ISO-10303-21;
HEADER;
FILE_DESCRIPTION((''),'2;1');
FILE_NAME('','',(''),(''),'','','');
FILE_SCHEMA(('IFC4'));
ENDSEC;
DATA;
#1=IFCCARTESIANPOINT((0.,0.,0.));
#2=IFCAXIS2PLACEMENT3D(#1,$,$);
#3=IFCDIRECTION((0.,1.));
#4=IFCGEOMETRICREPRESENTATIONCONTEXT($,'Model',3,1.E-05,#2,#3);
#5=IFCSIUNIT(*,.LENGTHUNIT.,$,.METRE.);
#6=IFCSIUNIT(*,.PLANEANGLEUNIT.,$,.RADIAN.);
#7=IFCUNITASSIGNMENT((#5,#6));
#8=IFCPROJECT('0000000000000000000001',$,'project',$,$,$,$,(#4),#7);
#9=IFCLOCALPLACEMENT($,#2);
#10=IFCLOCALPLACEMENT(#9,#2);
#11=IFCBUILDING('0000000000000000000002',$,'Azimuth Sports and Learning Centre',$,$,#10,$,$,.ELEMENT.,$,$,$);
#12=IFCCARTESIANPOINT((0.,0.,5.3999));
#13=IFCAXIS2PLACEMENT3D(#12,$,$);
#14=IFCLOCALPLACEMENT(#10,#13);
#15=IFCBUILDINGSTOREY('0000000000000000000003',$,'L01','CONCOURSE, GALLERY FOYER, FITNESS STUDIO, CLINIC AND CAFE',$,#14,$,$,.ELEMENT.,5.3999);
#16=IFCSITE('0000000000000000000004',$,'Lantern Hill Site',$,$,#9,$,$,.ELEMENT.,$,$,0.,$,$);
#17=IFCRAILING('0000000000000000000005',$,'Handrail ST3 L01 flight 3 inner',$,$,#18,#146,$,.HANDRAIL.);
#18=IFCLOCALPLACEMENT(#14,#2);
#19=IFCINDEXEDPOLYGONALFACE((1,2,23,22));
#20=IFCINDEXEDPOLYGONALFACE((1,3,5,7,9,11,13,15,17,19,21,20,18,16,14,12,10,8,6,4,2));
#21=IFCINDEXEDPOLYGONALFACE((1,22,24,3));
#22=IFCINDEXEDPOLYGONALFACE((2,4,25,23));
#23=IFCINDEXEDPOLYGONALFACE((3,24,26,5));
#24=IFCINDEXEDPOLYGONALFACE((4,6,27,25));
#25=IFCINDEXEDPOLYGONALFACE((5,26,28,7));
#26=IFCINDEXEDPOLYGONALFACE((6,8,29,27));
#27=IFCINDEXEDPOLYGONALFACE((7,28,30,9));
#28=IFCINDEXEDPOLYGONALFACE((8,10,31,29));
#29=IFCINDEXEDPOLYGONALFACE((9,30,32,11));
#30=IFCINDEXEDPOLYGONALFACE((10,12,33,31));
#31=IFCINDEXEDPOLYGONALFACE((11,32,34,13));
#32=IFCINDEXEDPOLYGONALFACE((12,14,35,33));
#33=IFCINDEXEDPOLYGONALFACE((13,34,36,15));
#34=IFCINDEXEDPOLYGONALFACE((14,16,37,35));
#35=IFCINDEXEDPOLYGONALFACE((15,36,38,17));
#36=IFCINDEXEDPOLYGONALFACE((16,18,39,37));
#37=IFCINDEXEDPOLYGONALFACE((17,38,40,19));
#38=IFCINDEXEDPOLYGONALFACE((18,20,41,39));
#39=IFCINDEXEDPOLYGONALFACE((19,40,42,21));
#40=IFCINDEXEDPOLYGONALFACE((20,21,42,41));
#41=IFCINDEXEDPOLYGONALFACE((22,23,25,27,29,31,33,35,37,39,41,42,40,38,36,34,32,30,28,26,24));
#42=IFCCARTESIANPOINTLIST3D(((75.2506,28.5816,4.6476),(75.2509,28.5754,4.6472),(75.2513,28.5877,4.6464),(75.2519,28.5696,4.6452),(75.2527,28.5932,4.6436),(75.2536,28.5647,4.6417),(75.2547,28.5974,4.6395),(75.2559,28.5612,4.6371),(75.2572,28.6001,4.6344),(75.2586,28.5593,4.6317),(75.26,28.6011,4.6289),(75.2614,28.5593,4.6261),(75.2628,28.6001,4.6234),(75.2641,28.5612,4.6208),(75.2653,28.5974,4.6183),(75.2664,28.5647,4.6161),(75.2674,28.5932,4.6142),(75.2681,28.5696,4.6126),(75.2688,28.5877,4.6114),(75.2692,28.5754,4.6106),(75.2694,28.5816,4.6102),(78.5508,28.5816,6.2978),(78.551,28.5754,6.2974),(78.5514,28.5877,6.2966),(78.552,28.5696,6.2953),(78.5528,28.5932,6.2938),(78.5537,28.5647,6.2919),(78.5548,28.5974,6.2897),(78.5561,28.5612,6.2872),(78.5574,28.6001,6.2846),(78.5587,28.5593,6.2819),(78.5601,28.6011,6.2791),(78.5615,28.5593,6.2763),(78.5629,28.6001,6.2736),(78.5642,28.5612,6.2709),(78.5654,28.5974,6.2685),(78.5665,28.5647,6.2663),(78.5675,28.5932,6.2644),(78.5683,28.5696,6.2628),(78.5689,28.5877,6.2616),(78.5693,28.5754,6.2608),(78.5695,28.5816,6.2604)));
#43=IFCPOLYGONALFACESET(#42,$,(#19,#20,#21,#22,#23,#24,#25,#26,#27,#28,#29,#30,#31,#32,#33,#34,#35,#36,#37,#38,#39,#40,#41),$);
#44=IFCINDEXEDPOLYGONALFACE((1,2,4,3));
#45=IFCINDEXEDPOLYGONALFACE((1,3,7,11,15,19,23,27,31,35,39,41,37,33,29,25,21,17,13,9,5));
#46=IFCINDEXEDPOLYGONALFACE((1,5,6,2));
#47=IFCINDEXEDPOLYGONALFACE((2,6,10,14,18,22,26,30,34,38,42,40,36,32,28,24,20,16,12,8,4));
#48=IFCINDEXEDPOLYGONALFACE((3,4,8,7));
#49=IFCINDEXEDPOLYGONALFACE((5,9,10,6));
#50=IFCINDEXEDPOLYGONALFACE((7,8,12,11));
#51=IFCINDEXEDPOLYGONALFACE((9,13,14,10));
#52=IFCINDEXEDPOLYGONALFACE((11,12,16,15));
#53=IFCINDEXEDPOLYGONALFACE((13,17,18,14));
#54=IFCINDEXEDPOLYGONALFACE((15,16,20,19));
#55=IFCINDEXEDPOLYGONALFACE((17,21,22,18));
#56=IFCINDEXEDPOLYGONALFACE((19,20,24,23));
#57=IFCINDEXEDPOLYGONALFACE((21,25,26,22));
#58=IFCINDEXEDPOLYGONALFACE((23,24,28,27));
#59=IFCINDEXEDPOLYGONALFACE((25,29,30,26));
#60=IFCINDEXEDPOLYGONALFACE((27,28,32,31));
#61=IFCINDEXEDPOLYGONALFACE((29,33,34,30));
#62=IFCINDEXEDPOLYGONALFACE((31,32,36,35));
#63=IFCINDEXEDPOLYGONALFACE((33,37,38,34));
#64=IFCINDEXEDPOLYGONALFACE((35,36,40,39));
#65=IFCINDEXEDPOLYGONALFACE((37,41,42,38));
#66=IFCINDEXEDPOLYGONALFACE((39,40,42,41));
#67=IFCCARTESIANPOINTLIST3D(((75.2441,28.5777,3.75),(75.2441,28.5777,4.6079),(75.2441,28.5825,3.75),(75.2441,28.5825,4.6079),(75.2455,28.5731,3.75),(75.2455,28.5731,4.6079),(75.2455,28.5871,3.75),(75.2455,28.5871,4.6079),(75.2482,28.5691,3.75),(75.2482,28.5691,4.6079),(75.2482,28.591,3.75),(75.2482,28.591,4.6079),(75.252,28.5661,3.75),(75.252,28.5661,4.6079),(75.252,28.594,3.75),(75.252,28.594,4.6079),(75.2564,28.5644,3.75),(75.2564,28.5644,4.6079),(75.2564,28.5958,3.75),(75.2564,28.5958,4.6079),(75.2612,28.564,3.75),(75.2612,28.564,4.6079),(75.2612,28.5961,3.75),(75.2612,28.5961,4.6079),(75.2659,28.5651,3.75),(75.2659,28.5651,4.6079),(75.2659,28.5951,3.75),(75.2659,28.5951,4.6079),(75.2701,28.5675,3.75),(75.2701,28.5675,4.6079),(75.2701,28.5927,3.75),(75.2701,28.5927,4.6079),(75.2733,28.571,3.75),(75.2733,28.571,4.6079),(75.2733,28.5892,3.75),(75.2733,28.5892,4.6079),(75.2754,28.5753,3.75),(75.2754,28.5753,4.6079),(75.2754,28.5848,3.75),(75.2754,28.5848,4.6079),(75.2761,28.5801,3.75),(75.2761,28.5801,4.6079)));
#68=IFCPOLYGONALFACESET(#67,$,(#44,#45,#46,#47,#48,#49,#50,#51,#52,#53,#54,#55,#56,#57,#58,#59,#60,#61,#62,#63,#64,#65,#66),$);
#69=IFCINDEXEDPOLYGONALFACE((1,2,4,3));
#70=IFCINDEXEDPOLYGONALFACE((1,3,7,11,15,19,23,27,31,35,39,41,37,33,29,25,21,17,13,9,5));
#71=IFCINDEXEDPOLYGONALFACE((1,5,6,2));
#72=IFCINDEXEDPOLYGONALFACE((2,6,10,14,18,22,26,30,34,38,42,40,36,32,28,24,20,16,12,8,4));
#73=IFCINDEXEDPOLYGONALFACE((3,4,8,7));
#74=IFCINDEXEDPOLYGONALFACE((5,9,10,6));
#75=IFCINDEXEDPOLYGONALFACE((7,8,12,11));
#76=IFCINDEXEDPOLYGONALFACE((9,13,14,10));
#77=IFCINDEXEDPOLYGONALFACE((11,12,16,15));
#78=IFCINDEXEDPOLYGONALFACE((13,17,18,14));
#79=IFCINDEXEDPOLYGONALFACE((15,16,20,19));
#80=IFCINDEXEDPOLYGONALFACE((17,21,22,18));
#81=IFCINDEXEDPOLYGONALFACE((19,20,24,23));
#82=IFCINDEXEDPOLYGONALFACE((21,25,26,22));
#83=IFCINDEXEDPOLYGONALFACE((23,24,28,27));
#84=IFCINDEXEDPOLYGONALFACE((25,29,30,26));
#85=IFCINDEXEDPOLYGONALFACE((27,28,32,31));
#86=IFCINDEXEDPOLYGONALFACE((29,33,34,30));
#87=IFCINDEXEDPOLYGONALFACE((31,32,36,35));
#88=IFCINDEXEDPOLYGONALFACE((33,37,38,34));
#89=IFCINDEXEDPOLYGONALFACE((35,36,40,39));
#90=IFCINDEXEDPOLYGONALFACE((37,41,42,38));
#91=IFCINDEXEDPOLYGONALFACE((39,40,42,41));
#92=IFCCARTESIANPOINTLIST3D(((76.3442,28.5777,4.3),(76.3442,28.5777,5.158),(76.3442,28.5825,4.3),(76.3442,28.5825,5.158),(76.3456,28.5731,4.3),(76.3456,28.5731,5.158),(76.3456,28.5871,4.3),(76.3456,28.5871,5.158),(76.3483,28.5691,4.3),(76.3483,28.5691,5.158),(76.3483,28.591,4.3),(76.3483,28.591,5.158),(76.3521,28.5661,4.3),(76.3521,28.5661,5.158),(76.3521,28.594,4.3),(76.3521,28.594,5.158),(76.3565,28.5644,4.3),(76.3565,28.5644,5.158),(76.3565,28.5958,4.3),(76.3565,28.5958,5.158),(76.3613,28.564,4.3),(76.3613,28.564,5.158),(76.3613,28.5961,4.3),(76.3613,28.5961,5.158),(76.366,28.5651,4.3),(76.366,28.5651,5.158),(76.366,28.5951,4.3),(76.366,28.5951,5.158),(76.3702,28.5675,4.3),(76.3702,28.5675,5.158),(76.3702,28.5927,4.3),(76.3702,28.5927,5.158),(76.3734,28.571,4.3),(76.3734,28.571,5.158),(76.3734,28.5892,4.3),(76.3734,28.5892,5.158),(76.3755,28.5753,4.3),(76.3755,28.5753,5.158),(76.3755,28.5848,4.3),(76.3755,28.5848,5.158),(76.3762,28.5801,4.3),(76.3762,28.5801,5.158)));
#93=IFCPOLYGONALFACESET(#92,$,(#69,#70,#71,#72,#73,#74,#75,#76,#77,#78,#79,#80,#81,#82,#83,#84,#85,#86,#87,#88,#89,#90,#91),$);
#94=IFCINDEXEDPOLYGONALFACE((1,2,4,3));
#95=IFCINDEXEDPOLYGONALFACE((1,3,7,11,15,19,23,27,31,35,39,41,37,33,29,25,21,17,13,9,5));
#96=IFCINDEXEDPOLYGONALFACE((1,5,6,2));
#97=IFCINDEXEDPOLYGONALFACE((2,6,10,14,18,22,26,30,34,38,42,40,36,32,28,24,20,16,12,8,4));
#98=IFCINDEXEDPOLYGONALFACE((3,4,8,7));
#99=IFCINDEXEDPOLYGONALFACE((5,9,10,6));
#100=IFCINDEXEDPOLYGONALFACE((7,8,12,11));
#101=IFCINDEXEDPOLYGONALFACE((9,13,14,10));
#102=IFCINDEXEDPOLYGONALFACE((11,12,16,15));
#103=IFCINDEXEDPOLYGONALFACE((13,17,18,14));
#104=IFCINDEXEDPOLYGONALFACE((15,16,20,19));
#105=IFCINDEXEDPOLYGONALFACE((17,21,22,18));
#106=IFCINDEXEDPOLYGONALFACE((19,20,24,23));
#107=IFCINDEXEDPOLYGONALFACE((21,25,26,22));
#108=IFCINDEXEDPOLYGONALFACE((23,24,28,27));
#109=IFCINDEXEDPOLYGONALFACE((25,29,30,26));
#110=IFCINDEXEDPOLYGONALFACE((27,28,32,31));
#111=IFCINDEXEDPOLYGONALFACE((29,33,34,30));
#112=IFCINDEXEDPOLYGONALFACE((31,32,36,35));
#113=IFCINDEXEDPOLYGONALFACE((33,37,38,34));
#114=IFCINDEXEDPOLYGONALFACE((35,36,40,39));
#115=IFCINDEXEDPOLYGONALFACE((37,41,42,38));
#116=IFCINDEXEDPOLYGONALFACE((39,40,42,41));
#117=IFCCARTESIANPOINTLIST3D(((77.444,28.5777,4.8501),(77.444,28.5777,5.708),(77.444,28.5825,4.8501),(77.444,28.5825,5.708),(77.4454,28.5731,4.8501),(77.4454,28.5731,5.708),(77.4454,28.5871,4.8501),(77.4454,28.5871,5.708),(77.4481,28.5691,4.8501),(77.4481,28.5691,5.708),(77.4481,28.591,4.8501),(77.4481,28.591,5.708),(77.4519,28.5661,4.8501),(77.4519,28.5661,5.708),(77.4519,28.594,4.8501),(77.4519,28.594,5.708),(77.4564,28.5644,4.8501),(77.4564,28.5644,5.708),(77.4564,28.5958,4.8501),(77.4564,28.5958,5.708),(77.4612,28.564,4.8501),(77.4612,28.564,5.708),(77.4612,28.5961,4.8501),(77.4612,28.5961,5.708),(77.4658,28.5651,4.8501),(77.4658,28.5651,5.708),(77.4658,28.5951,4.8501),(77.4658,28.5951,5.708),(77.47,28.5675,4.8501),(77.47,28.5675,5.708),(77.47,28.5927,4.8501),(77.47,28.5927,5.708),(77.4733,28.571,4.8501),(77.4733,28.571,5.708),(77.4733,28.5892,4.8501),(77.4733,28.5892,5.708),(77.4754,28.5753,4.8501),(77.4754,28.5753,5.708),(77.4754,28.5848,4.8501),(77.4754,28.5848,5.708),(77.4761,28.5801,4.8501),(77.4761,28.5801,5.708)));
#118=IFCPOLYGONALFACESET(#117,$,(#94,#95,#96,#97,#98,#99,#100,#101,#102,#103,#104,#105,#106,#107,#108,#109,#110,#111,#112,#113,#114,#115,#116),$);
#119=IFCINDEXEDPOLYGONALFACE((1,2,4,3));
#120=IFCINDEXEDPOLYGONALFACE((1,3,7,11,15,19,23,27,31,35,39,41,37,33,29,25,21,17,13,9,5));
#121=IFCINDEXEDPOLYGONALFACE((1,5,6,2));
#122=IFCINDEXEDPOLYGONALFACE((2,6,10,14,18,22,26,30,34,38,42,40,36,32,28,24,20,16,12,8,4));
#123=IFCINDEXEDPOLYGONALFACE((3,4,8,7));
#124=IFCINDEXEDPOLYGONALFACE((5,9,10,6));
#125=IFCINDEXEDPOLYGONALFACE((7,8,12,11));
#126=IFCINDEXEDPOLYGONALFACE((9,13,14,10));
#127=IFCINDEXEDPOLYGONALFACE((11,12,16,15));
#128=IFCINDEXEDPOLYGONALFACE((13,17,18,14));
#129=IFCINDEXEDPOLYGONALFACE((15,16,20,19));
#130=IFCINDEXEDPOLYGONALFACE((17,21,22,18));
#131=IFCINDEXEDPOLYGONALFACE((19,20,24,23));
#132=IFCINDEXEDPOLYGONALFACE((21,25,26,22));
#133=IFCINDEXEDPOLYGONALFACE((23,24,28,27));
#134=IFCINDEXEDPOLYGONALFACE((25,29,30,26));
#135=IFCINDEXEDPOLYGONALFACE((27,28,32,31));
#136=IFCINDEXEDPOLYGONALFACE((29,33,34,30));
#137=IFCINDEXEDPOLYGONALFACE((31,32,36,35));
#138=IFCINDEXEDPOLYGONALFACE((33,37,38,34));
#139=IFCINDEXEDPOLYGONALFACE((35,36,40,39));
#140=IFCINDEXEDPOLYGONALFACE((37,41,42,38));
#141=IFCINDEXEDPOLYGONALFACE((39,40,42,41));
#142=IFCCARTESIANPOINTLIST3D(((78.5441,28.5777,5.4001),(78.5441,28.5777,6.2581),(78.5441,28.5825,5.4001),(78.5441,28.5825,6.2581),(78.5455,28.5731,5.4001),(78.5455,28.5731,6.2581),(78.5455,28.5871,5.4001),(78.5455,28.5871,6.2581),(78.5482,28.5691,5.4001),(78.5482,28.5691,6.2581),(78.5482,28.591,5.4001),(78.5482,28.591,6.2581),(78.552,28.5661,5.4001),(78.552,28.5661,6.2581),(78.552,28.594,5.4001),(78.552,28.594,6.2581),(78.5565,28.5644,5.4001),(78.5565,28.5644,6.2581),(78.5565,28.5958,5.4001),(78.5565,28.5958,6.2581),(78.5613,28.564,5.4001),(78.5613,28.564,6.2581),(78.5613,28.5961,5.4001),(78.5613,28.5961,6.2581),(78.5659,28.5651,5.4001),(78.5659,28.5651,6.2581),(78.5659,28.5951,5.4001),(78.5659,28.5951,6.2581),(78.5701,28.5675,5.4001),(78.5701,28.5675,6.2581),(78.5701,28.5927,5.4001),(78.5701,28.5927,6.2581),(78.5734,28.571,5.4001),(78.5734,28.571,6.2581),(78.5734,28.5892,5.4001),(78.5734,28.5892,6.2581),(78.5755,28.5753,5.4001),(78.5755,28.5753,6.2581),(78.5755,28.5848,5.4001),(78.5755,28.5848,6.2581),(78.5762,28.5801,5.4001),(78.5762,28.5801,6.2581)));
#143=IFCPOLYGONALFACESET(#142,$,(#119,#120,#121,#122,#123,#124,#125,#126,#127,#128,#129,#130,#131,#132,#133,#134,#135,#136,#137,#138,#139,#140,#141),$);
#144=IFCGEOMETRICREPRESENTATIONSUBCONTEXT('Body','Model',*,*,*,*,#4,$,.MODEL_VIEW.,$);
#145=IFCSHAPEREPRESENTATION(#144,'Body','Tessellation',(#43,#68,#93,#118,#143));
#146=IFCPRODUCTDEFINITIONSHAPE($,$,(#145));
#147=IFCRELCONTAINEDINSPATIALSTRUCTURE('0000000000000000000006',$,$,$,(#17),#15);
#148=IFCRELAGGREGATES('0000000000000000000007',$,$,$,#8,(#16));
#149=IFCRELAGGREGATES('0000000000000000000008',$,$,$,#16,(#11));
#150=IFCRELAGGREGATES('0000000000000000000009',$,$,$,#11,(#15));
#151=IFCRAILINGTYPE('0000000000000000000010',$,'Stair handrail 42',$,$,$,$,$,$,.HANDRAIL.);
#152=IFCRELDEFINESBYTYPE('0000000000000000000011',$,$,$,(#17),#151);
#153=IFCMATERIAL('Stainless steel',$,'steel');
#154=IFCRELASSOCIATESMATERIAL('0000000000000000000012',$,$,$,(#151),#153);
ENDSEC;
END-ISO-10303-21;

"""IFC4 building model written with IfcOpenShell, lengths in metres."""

from ifc_helpers import new_model, si_unit, direction, frame, origin, origin_2d, place, context, subcontext, project, spatial, circle, extrude, material, type_object, element, save


model = new_model("IFC4")

# Units and contexts
model_context = context("Model", 3, precision=1e-05, world=origin(), true_north=direction((0.0, 1.0)))
body_context = subcontext(model_context, "Body", "Model", "MODEL_VIEW")
ifc_project = project(units=[si_unit("LENGTHUNIT", "METRE"), si_unit("PLANEANGLEUNIT", "RADIAN")], contexts=[model_context])

# Site, building, storey
site_placement = place(None, origin())
site = spatial("IfcSite", under=ifc_project, at=site_placement, Name="Lantern Hill Site", CompositionType="ELEMENT", RefElevation=0.0)
building_placement = place(site_placement, origin())
building = spatial("IfcBuilding", under=site, at=building_placement, Name="Azimuth Sports and Learning Centre", CompositionType="ELEMENT")
storey_placement = place(building_placement, frame((0.0, 0.0, 5.3999)))
storey = spatial("IfcBuildingStorey", under=building, at=storey_placement, Name="L01", Description="CONCOURSE, GALLERY FOYER, FITNESS STUDIO, CLINIC AND CAFE", CompositionType="ELEMENT", Elevation=5.3999)

# Railing
ifc_material_1 = material(Name="Stainless steel", Category="steel")
railing_type_1 = type_object("IfcRailingType", Name="Stair handrail 42", PredefinedType="HANDRAIL", material=ifc_material_1)
for number, where, name in (
    (1, (75.26, 28.5801, 3.75), "Handrail ST3 L01 flight 3 inner"),
):
    element("IfcRailing", number, at=place(storey_placement, frame(where)), inside=storey, type_object=railing_type_1, Name=name, PredefinedType="HANDRAIL", context=body_context, shape_type="SweptSolid", body=[
        extrude(circle(Radius=0.021, at=origin_2d()), frame((0.0, 0.0, 0.8789), z_axis=(0.894414, 0.0, 0.44724), x_axis=(0.0, 1.0, 0.0)), (0.0, 0.0, 1.0), 3.6897),
        extrude(circle(Radius=0.0161, at=origin_2d()), origin(), (0.0, 0.0, 1.0), 0.8579),
        extrude(circle(Radius=0.0161, at=origin_2d()), frame((1.1001, 0.0, 0.55)), (0.0, 0.0, 1.0), 0.8579),
        extrude(circle(Radius=0.0161, at=origin_2d()), frame((2.2, 0.0, 1.1001)), (0.0, 0.0, 1.0), 0.8579),
        extrude(circle(Radius=0.0161, at=origin_2d()), frame((3.3, 0.0, 1.6501)), (0.0, 0.0, 1.0), 0.8579),
    ])

save(model, "model.ifc")
